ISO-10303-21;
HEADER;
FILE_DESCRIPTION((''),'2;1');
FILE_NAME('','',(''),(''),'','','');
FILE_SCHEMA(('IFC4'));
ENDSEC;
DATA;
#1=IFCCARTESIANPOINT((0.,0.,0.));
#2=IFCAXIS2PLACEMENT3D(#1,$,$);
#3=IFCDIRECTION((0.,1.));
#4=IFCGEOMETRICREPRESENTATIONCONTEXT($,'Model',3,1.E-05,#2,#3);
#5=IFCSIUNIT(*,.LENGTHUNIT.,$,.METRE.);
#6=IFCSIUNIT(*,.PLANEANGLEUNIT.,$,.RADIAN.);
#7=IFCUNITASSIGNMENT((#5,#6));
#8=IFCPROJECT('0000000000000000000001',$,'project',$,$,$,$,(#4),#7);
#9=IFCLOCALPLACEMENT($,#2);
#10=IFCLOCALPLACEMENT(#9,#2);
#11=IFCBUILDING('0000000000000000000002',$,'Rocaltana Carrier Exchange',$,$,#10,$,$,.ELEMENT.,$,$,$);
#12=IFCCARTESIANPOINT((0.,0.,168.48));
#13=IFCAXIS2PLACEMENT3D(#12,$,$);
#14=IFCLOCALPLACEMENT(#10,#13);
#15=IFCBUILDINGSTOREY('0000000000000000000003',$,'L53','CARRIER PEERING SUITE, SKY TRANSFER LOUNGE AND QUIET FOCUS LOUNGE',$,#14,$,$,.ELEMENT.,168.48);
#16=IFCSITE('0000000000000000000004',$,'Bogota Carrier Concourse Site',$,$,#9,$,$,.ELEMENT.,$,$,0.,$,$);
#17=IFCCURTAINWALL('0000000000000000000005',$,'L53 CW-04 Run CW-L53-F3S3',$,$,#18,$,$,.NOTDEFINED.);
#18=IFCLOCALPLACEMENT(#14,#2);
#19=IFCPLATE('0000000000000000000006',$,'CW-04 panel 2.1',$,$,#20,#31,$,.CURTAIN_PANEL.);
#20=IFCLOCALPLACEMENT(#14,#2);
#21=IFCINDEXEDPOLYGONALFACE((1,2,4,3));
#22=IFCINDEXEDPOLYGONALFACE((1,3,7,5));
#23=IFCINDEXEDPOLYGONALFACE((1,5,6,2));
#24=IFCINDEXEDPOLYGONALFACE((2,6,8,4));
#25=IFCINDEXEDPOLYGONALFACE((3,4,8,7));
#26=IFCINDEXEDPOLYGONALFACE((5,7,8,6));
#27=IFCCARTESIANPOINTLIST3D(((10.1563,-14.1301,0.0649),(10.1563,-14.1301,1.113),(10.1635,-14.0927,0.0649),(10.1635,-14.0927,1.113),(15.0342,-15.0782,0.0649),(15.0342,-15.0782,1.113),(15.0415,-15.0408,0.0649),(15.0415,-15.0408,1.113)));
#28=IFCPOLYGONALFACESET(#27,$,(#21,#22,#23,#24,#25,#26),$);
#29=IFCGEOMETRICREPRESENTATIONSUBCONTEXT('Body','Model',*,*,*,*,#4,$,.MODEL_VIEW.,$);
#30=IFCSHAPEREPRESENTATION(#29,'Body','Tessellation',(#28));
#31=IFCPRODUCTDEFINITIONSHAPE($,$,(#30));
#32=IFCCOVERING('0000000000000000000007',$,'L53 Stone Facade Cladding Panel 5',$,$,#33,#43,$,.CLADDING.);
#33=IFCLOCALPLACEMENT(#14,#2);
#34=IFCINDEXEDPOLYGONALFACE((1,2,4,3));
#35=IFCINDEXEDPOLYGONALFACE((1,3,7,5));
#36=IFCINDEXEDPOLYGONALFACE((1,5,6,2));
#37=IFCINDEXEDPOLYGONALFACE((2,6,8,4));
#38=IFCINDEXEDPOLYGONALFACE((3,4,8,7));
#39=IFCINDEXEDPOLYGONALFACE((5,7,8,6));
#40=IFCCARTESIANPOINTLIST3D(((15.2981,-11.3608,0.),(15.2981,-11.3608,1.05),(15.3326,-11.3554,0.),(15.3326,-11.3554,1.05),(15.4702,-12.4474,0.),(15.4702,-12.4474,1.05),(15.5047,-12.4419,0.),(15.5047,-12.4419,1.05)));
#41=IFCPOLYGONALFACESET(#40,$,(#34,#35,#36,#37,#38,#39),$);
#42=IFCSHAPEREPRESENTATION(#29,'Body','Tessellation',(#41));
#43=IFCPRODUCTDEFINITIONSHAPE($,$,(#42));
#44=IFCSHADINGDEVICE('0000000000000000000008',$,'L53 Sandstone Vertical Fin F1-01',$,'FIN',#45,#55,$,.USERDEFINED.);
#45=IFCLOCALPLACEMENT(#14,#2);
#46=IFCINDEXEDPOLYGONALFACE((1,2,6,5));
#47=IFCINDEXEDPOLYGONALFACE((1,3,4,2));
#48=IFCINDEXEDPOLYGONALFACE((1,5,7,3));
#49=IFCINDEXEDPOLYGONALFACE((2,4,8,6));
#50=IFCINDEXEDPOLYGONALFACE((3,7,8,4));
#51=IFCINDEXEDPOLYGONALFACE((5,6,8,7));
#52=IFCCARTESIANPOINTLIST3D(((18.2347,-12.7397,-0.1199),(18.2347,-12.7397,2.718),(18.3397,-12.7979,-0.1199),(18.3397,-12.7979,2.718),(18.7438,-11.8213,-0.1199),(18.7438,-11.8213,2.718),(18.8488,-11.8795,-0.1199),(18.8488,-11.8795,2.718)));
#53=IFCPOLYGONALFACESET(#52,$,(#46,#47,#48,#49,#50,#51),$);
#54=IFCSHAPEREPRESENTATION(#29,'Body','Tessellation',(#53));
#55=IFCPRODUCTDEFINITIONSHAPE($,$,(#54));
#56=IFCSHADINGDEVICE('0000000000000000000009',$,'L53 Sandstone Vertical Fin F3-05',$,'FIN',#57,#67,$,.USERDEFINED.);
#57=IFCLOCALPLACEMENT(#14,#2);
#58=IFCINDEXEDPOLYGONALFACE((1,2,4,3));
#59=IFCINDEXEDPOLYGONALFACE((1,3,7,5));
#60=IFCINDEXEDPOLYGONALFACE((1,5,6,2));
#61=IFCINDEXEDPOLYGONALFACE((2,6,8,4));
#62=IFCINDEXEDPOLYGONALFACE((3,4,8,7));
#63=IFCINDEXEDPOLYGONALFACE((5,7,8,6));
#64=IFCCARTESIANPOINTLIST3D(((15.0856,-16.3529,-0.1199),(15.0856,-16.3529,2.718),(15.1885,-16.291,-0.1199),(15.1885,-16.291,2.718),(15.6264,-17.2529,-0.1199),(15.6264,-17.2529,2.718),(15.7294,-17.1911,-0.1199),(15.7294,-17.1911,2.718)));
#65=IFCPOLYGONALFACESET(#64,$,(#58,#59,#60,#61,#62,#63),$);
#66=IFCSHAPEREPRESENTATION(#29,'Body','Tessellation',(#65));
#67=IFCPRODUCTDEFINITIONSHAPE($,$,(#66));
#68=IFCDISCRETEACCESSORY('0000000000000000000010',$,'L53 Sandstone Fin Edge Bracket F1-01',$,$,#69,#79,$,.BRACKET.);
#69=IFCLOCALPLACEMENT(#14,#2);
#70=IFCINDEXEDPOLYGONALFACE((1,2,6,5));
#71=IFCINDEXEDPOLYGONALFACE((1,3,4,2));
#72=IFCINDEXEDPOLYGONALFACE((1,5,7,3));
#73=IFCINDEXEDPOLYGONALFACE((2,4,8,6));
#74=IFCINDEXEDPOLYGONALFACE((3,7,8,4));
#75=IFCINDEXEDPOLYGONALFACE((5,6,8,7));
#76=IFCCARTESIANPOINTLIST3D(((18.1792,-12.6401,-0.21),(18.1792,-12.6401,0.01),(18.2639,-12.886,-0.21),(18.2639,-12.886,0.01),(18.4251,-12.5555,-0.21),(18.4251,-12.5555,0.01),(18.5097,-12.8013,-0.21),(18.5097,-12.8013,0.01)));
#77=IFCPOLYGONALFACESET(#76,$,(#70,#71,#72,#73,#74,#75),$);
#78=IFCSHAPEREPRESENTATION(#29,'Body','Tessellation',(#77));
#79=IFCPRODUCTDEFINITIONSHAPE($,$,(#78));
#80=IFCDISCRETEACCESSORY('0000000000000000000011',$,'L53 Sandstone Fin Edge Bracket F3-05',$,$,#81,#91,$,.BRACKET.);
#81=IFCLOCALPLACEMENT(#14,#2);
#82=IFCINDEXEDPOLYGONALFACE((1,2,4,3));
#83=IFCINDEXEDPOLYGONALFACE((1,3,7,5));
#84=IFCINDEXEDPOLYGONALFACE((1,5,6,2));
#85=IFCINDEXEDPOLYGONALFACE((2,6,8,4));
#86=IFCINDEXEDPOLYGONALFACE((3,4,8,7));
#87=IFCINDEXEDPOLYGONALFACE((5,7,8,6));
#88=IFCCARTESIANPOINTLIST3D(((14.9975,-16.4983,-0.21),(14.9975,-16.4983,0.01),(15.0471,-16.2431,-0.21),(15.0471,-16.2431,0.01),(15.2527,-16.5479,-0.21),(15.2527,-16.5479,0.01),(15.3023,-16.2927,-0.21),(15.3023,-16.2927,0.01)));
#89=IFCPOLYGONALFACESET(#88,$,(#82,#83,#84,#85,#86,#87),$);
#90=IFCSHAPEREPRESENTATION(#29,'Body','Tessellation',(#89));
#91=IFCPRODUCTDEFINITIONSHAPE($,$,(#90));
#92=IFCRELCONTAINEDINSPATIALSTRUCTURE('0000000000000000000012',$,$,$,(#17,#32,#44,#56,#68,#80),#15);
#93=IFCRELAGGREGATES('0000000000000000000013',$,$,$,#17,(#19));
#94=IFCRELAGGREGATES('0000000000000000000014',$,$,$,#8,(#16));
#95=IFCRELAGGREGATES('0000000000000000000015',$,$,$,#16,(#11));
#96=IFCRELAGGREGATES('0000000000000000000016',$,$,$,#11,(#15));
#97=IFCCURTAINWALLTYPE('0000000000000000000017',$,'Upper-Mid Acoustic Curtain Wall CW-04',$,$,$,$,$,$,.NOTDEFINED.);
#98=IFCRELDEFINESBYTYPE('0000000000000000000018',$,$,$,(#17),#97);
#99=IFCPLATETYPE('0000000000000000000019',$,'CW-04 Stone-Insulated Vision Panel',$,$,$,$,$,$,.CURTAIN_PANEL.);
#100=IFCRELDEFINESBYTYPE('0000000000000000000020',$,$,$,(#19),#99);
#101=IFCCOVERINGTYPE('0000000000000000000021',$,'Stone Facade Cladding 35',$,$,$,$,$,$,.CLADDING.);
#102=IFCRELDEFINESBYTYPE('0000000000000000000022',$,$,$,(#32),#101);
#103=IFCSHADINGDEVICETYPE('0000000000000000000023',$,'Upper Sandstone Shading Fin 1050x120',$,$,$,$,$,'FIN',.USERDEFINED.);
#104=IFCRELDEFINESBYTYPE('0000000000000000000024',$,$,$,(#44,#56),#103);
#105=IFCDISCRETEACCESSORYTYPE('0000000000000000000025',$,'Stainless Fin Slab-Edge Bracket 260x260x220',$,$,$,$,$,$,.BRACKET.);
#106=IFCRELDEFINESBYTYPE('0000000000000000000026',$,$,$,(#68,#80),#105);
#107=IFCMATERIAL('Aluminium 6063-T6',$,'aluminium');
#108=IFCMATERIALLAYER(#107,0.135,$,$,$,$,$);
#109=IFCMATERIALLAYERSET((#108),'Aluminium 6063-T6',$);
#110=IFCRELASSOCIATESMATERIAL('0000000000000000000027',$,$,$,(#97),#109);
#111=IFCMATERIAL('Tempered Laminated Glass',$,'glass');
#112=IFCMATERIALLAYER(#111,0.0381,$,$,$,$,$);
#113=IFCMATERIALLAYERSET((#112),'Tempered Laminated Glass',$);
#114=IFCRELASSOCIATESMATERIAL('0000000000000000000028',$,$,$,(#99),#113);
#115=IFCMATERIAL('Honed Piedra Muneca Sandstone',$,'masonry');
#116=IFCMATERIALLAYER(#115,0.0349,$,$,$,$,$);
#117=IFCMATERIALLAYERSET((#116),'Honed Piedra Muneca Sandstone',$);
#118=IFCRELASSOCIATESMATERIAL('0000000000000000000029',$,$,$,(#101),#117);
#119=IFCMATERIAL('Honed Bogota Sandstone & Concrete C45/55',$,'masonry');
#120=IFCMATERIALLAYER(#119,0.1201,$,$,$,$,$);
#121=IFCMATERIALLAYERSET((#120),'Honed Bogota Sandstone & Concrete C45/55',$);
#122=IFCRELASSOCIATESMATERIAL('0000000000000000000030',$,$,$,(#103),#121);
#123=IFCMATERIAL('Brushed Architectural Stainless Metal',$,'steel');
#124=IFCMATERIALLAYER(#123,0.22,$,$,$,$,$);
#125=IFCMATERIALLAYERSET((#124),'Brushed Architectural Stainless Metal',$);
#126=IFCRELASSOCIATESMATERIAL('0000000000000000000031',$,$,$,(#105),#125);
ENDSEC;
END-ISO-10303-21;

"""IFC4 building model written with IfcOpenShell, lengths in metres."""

from ifc_helpers import new_model, si_unit, direction, frame, origin, origin_2d, place, context, subcontext, project, spatial, rectangle, extrude, material, layer, layer_set, type_object, element, aggregate, save


model = new_model("IFC4")

# Units and contexts
model_context = context("Model", 3, precision=1e-05, world=origin(), true_north=direction((0.0, 1.0)))
body_context = subcontext(model_context, "Body", "Model", "MODEL_VIEW")
ifc_project = project(units=[si_unit("LENGTHUNIT", "METRE"), si_unit("PLANEANGLEUNIT", "RADIAN")], contexts=[model_context])

# Site, building, storey
site_placement = place(None, origin())
site = spatial("IfcSite", under=ifc_project, at=site_placement, Name="Bogota Carrier Concourse Site", CompositionType="ELEMENT", RefElevation=0.0)
building_placement = place(site_placement, origin())
building = spatial("IfcBuilding", under=site, at=building_placement, Name="Rocaltana Carrier Exchange", CompositionType="ELEMENT")
storey_placement = place(building_placement, frame((0.0, 0.0, 168.48)))
storey = spatial("IfcBuildingStorey", under=building, at=storey_placement, Name="L53", Description="CARRIER PEERING SUITE, SKY TRANSFER LOUNGE AND QUIET FOCUS LOUNGE", CompositionType="ELEMENT", Elevation=168.48)

# Shared definitions
ifc_material_1 = material(Name="Aluminium 6063-T6", Category="aluminium")
ifc_layer_1 = layer(ifc_material_1, 0.135)
ifc_layer_set_1 = layer_set([ifc_layer_1], Name="Aluminium 6063-T6")
curtain_wall_type = type_object("IfcCurtainWallType", Name="Upper-Mid Acoustic Curtain Wall CW-04", PredefinedType="NOTDEFINED", material=ifc_layer_set_1)

# Curtain wall
curtain_wall_1_placement = place(storey_placement, origin())
curtain_wall_1 = element("IfcCurtainWall", 1, at=curtain_wall_1_placement, inside=storey, type_object=curtain_wall_type, Name="L53 CW-04 Run CW-L53-F3S3", PredefinedType="NOTDEFINED")

# Plate
ifc_material_2 = material(Name="Tempered Laminated Glass", Category="glass")
ifc_layer_2 = layer(ifc_material_2, 0.0381)
ifc_layer_set_2 = layer_set([ifc_layer_2], Name="Tempered Laminated Glass")
plate_type = type_object("IfcPlateType", Name="CW-04 Stone-Insulated Vision Panel", PredefinedType="CURTAIN_PANEL", material=ifc_layer_set_2)
plate_placement = place(storey_placement, frame((12.5989, -14.5854, 0.0649), z_axis=(0.0, 0.0, 1.0), x_axis=(0.981628, -0.190805, 0.0)))
plate = element("IfcPlate", 2, at=plate_placement, type_object=plate_type, Name="CW-04 panel 2.1", PredefinedType="CURTAIN_PANEL", context=body_context, shape_type="SweptSolid", body=[
    extrude(rectangle(XDim=4.9692, YDim=0.0381, at=origin_2d()), origin(), (0.0, 0.0, 1.0), 1.0481),
])
aggregate(curtain_wall_1, [plate])

# Covering
ifc_material_3 = material(Name="Honed Piedra Muneca Sandstone", Category="masonry")
ifc_layer_3 = layer(ifc_material_3, 0.0349)
ifc_layer_set_3 = layer_set([ifc_layer_3], Name="Honed Piedra Muneca Sandstone")
covering_type = type_object("IfcCoveringType", Name="Stone Facade Cladding 35", PredefinedType="CLADDING", material=ifc_layer_set_3)
covering_placement = place(storey_placement, frame((15.4014, -11.9014, 0.0), z_axis=(0.0, 0.0, 1.0), x_axis=(-0.156434, 0.987688, 0.0)))
element("IfcCovering", 3, at=covering_placement, inside=storey, type_object=covering_type, Name="L53 Stone Facade Cladding Panel 5", PredefinedType="CLADDING", context=body_context, shape_type="SweptSolid", body=[
    extrude(rectangle(XDim=1.1001, YDim=0.0349, at=origin_2d()), origin(), (0.0, 0.0, 1.0), 1.05),
])

# Shading devices
ifc_material_4 = material(Name="Honed Bogota Sandstone & Concrete C45/55", Category="masonry")
ifc_layer_4 = layer(ifc_material_4, 0.1201)
ifc_layer_set_4 = layer_set([ifc_layer_4], Name="Honed Bogota Sandstone & Concrete C45/55")
shading_device_type = type_object("IfcShadingDeviceType", Name="Upper Sandstone Shading Fin 1050x120", ElementType="FIN", PredefinedType="USERDEFINED", material=ifc_layer_set_4)
for number, where, z_axis, x_axis, name in (
    (4, (18.5417, -12.3096, -0.1199), (0.0, 0.0, 1.0), (0.48481, 0.87462, 0.0), "L53 Sandstone Vertical Fin F1-01"),
    (5, (15.4075, -16.772, -0.1199), (0.0, 0.0, 1.0), (0.515038, -0.857167, 0.0), "L53 Sandstone Vertical Fin F3-05"),
):
    element("IfcShadingDevice", number, at=place(storey_placement, frame(where, z_axis=z_axis, x_axis=x_axis)), inside=storey, type_object=shading_device_type, Name=name, ObjectType="FIN", PredefinedType="USERDEFINED", context=body_context, shape_type="SweptSolid", body=[
        extrude(rectangle(XDim=1.05, YDim=0.1201, at=origin_2d()), origin(), (0.0, 0.0, 1.0), 2.8379),
    ])

# Discrete accessories
ifc_material_5 = material(Name="Brushed Architectural Stainless Metal", Category="steel")
ifc_layer_5 = layer(ifc_material_5, 0.22)
ifc_layer_set_5 = layer_set([ifc_layer_5], Name="Brushed Architectural Stainless Metal")
discrete_accessory_type = type_object("IfcDiscreteAccessoryType", Name="Stainless Fin Slab-Edge Bracket 260x260x220", PredefinedType="BRACKET", material=ifc_layer_set_5)
for number, where, z_axis, x_axis, name in (
    (6, (18.3445, -12.7207, -0.21), (0.0, 0.0, 1.0), (-0.325568, 0.945519, 0.0), "L53 Sandstone Fin Edge Bracket F1-01"),
    (7, (15.1499, -16.3955, -0.21), (0.0, 0.0, 1.0), (0.981627, -0.190809, 0.0), "L53 Sandstone Fin Edge Bracket F3-05"),
):
    element("IfcDiscreteAccessory", number, at=place(storey_placement, frame(where, z_axis=z_axis, x_axis=x_axis)), inside=storey, type_object=discrete_accessory_type, Name=name, PredefinedType="BRACKET", context=body_context, shape_type="SweptSolid", body=[
        extrude(rectangle(XDim=0.26, YDim=0.26, at=origin_2d()), origin(), (0.0, 0.0, 1.0), 0.22),
    ])

save(model, "model.ifc")
